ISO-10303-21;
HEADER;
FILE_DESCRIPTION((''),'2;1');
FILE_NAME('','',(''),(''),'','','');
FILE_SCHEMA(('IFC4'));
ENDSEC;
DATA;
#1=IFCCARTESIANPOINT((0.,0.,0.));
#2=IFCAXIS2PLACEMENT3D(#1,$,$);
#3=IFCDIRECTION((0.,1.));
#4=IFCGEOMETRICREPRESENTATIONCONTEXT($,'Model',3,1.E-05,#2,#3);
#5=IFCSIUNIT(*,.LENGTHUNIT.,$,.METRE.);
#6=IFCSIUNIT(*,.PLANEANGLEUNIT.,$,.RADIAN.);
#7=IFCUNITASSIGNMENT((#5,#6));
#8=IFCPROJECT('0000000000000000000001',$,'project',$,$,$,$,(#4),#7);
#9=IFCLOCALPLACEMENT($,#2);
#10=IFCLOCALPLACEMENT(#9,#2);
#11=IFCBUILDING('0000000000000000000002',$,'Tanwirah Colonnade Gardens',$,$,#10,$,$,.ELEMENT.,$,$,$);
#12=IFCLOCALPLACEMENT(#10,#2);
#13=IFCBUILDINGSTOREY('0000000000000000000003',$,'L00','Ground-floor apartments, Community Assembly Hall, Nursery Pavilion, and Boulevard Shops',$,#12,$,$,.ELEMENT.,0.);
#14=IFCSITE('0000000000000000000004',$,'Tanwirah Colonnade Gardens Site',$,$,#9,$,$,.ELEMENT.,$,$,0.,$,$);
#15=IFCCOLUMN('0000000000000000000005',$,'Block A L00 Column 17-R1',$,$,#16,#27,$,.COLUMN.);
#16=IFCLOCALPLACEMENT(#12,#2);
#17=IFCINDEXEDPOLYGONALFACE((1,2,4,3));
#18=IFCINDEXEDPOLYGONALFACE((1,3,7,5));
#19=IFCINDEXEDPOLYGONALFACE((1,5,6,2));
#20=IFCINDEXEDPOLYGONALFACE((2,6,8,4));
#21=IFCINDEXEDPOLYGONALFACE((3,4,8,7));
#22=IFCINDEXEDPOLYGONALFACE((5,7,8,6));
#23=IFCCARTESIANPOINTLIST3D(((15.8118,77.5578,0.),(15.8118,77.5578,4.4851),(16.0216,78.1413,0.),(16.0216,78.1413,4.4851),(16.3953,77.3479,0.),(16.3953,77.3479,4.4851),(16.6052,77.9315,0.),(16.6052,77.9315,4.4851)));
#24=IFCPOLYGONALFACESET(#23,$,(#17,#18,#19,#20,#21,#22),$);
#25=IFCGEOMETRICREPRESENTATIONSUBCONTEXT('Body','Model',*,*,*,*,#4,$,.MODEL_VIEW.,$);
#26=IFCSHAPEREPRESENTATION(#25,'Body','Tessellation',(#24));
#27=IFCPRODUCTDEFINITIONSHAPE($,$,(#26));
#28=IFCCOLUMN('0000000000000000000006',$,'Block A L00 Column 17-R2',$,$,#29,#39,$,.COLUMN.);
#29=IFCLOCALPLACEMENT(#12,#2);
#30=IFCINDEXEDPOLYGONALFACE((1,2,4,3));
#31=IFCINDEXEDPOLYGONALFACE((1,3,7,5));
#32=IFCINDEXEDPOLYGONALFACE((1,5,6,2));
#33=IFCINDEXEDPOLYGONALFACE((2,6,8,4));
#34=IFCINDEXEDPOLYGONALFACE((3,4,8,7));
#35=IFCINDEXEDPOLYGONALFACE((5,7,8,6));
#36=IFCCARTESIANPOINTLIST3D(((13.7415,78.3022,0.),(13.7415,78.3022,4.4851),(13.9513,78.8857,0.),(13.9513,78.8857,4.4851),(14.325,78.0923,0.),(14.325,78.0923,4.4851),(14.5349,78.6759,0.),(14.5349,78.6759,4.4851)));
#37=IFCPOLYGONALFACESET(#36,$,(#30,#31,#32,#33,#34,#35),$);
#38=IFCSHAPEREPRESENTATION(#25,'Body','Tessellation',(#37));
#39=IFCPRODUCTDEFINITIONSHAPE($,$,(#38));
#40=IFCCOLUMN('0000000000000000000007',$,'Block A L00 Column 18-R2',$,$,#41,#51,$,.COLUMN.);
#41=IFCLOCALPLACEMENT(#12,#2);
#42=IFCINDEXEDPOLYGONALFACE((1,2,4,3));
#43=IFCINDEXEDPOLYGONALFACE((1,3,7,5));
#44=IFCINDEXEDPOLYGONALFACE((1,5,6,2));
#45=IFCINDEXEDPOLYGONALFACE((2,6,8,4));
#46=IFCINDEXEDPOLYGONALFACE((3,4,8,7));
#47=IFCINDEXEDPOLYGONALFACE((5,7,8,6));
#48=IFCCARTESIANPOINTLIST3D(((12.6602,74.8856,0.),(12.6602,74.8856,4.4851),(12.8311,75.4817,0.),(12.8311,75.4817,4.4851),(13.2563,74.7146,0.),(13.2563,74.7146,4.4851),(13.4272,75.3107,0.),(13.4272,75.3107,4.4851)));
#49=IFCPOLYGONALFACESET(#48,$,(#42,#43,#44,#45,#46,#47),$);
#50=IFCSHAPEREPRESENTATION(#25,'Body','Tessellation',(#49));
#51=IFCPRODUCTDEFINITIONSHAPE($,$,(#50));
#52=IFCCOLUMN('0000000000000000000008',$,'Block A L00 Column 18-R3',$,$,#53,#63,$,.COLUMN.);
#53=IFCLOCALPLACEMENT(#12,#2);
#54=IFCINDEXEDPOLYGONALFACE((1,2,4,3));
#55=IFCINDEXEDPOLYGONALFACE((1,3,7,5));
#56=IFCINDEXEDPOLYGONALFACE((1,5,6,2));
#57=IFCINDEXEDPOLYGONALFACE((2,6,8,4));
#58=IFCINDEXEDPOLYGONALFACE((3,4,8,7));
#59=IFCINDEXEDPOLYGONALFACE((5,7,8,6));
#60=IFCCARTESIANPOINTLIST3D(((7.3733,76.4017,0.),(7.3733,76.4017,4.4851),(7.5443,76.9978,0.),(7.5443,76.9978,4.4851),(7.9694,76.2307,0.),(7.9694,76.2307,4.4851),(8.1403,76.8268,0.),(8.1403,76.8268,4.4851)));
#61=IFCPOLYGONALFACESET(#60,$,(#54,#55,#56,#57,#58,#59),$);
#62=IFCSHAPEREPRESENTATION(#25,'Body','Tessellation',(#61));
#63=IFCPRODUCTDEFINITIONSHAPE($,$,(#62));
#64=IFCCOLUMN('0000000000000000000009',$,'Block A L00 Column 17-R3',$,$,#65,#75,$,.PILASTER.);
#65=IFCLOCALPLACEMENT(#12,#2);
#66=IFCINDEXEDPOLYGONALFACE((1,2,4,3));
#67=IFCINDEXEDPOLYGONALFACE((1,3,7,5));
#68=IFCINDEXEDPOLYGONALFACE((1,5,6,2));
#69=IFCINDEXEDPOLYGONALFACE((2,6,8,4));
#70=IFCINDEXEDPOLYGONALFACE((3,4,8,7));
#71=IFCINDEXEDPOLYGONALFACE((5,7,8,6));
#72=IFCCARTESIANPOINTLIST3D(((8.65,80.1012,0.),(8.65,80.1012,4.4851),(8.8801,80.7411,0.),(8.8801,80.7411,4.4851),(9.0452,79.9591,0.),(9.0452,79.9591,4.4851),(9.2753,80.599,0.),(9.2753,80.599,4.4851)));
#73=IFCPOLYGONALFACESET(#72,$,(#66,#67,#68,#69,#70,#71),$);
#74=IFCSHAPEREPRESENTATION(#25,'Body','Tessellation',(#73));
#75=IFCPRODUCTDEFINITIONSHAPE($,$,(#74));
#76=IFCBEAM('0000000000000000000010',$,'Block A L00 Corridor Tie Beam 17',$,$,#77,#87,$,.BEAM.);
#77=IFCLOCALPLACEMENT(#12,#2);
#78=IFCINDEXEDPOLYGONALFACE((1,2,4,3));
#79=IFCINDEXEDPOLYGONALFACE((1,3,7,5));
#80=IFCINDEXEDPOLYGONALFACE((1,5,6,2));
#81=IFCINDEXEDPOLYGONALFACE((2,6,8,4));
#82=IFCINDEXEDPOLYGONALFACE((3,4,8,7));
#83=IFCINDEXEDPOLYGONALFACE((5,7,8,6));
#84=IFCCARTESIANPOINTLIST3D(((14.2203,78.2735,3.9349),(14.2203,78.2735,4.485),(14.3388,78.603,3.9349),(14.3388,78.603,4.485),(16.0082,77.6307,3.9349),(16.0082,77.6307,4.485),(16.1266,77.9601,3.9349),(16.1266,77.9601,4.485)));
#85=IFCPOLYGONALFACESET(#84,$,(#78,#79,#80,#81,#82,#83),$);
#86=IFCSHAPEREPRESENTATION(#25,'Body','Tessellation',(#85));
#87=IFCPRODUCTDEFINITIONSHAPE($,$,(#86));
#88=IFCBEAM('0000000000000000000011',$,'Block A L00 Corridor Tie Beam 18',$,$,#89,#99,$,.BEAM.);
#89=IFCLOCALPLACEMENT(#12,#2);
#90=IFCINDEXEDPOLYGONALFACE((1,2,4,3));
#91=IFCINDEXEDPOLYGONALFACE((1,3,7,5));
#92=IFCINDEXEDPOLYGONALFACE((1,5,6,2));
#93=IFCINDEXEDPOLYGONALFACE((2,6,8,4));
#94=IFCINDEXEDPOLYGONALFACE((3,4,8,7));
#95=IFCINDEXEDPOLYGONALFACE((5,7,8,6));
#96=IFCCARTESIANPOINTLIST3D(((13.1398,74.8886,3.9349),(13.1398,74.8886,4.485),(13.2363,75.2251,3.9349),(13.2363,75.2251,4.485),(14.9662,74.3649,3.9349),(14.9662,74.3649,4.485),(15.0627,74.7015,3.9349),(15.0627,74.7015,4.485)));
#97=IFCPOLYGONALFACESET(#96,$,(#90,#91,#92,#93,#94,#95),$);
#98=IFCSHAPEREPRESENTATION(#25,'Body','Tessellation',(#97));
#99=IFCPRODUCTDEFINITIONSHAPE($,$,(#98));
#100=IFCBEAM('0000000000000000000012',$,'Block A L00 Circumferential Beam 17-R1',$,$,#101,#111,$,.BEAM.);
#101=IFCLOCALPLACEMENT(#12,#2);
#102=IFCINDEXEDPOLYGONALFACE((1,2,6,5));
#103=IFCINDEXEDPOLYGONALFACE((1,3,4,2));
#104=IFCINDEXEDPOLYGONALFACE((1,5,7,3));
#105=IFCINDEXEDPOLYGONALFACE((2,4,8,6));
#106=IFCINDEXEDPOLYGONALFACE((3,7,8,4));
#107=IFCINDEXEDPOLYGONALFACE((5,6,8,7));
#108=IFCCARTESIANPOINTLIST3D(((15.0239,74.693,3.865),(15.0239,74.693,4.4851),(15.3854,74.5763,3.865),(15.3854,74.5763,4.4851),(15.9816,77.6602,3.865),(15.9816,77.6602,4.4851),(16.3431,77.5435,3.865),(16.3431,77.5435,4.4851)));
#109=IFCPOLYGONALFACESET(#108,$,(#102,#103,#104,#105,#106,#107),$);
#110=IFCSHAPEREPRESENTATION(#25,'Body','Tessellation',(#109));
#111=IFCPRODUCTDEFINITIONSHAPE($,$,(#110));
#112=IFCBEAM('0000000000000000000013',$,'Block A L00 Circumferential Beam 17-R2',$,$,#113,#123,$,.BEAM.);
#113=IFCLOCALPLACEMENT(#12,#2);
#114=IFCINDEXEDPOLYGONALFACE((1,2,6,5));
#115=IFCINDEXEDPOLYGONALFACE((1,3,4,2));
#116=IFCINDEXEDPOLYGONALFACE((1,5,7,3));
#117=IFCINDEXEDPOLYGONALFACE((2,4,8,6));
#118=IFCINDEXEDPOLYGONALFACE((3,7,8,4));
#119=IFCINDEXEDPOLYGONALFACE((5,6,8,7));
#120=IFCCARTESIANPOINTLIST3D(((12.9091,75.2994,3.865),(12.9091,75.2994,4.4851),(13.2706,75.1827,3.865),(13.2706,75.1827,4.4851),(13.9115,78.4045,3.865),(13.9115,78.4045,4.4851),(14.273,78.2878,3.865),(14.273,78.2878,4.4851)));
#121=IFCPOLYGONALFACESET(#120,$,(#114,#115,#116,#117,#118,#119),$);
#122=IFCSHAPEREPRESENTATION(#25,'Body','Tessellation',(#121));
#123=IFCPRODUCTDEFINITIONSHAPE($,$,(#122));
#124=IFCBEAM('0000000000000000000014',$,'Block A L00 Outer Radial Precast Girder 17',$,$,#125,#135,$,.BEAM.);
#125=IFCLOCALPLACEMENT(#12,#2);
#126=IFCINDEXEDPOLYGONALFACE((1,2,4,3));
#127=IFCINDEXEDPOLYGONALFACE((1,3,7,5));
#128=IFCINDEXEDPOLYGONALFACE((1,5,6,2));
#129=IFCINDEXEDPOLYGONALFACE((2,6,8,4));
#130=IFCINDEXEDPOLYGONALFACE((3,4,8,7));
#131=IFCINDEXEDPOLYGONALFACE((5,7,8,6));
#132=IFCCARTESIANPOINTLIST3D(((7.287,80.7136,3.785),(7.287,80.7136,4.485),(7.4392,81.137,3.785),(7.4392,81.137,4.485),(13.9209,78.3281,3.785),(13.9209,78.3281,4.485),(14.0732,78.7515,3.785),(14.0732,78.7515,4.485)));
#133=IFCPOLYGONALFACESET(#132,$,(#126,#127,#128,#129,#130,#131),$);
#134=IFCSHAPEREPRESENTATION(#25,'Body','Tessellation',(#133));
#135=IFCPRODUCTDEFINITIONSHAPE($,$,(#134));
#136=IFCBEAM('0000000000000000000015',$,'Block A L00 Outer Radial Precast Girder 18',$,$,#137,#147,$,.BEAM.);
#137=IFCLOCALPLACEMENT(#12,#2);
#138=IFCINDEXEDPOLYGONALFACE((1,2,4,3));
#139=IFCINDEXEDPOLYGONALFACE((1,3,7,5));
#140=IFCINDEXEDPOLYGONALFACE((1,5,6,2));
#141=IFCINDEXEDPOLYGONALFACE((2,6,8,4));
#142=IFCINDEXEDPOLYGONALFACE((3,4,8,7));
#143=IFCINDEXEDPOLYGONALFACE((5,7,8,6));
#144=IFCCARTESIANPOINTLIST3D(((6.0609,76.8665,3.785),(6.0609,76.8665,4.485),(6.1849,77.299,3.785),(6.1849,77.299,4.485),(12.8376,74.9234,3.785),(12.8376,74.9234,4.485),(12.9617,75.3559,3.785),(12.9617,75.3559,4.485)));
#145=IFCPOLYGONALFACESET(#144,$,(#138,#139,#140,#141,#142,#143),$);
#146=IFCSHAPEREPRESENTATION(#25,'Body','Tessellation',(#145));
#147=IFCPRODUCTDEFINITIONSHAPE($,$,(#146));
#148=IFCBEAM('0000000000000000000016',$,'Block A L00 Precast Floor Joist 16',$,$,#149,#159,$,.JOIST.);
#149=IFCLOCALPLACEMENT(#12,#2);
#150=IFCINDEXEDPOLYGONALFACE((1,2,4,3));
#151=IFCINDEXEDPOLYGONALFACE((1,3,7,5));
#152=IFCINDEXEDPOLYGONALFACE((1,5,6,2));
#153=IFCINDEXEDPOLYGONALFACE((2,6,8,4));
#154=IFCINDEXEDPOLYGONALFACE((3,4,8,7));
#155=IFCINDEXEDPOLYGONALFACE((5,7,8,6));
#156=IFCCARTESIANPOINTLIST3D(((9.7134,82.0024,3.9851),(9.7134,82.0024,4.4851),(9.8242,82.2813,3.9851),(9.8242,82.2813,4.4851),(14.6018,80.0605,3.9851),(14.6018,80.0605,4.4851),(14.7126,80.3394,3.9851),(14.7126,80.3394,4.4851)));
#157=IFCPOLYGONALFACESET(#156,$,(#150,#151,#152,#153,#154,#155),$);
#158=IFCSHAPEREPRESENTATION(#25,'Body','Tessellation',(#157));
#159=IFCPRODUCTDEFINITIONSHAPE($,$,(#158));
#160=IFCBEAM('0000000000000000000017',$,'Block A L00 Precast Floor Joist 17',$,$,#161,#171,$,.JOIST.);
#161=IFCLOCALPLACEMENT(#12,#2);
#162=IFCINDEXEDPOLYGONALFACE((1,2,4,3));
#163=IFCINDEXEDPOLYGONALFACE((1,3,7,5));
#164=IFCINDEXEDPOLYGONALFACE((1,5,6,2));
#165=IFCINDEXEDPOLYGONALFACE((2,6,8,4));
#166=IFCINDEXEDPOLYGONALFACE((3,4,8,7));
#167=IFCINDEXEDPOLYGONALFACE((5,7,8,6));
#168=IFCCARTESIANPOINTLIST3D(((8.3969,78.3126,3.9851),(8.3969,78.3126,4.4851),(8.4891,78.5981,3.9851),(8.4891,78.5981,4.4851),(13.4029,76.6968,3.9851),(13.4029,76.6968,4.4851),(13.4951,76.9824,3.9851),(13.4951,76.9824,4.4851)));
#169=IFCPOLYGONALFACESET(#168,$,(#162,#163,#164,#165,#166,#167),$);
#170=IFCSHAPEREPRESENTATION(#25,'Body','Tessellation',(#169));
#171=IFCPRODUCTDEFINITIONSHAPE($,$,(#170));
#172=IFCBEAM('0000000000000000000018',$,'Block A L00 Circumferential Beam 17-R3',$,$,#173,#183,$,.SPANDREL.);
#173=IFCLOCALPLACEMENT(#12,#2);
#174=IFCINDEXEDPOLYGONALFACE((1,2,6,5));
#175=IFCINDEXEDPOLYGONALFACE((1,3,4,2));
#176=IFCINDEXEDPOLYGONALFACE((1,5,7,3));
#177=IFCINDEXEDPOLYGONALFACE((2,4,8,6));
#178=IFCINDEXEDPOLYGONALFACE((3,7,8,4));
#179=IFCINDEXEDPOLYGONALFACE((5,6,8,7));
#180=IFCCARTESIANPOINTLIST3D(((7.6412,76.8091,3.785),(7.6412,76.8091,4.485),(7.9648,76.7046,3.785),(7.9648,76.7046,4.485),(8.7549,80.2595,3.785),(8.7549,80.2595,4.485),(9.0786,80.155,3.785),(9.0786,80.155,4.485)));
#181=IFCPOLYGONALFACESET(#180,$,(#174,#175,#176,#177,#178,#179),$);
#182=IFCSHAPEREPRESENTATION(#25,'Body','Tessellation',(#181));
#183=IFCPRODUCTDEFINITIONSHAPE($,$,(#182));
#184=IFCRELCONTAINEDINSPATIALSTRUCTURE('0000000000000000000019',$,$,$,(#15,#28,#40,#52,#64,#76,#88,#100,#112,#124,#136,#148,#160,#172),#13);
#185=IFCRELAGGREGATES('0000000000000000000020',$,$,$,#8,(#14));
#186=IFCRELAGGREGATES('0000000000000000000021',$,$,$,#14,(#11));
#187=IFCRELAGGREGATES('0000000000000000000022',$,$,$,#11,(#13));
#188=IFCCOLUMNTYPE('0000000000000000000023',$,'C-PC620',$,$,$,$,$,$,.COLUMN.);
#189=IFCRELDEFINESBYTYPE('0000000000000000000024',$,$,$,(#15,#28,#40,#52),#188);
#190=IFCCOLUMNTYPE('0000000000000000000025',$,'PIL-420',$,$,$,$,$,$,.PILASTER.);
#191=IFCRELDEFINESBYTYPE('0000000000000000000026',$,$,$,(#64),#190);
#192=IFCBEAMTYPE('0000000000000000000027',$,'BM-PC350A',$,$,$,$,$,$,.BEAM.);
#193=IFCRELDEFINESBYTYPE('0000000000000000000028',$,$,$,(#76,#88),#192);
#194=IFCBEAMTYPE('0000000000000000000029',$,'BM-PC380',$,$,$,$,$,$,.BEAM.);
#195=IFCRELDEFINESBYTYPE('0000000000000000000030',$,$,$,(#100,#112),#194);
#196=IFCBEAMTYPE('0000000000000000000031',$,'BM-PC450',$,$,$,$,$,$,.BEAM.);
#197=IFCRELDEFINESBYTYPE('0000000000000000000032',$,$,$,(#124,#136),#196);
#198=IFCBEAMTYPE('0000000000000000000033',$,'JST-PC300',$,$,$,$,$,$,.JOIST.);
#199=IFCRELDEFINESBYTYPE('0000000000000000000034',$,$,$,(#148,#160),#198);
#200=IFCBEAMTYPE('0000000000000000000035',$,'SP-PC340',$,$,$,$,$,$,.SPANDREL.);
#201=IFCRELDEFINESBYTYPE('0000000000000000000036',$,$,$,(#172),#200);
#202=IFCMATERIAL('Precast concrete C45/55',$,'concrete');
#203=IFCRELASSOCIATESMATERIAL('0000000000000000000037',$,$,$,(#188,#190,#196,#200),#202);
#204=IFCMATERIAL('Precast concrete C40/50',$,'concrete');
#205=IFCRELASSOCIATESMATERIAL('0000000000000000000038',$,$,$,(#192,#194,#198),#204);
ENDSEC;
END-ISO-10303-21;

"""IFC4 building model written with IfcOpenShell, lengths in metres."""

from ifc_helpers import new_model, si_unit, direction, frame, origin, origin_2d, place, context, subcontext, project, spatial, rectangle, extrude, material, material_profile, profile_set, type_object, element, save


model = new_model("IFC4")

# Units and contexts
model_context = context("Model", 3, precision=1e-05, world=origin(), true_north=direction((0.0, 1.0)))
body_context = subcontext(model_context, "Body", "Model", "MODEL_VIEW")
ifc_project = project(units=[si_unit("LENGTHUNIT", "METRE"), si_unit("PLANEANGLEUNIT", "RADIAN")], contexts=[model_context])

# Site, building, storey
site_placement = place(None, origin())
site = spatial("IfcSite", under=ifc_project, at=site_placement, Name="Tanwirah Colonnade Gardens Site", CompositionType="ELEMENT", RefElevation=0.0)
building_placement = place(site_placement, origin())
building = spatial("IfcBuilding", under=site, at=building_placement, Name="Tanwirah Colonnade Gardens", CompositionType="ELEMENT")
storey_placement = place(building_placement, origin())
storey = spatial("IfcBuildingStorey", under=building, at=storey_placement, Name="L00", Description="Ground-floor apartments, Community Assembly Hall, Nursery Pavilion, and Boulevard Shops", CompositionType="ELEMENT", Elevation=0.0)

# Columns
ifc_material_1 = material(Name="Precast concrete C45/55", Category="concrete")
ifc_material_profile_1 = material_profile(ifc_material_1, rectangle(XDim=0.6201, YDim=0.6201, at=origin_2d()), Name="PC-COL 620x620")
ifc_profile_set_1 = profile_set([ifc_material_profile_1], Name="Precast concrete C45/55")
column_type_1 = type_object("IfcColumnType", Name="C-PC620", PredefinedType="COLUMN", material=ifc_profile_set_1)
for number, where, z_axis, x_axis, name in (
    (1, (16.2085, 77.7446, 0.0), (0.0, 0.0, 1.0), (-0.941012, 0.338373, 0.0), "Block A L00 Column 17-R1"),
    (2, (14.1382, 78.489, 0.0), (0.0, 0.0, 1.0), (-0.941012, 0.338373, 0.0), "Block A L00 Column 17-R2"),
    (3, (13.0437, 75.0981, 0.0), (0.0, 0.0, 1.0), (-0.961262, 0.275637, 0.0), "Block A L00 Column 18-R2"),
    (4, (7.7568, 76.6143, 0.0), (0.0, 0.0, 1.0), (-0.961262, 0.275637, 0.0), "Block A L00 Column 18-R3"),
):
    element("IfcColumn", number, at=place(storey_placement, frame(where, z_axis=z_axis, x_axis=x_axis)), inside=storey, type_object=column_type_1, Name=name, PredefinedType="COLUMN", context=body_context, shape_type="SweptSolid", body=[
        extrude(rectangle(XDim=0.6201, YDim=0.6201, at=origin_2d()), origin(), (0.0, 0.0, 1.0), 4.4851),
    ])
ifc_material_profile_2 = material_profile(ifc_material_1, rectangle(XDim=0.4199, YDim=0.6799, at=origin_2d()), Name="PC-PIL 420x680")
ifc_profile_set_2 = profile_set([ifc_material_profile_2], Name="Precast concrete C45/55")
column_type_2 = type_object("IfcColumnType", Name="PIL-420", PredefinedType="PILASTER", material=ifc_profile_set_2)
column_placement = place(storey_placement, frame((8.9626, 80.3501, 0.0), z_axis=(0.0, 0.0, 1.0), x_axis=(-0.941012, 0.338373, 0.0)))
element("IfcColumn", 5, at=column_placement, inside=storey, type_object=column_type_2, Name="Block A L00 Column 17-R3", PredefinedType="PILASTER", context=body_context, shape_type="SweptSolid", body=[
    extrude(rectangle(XDim=0.4199, YDim=0.6799, at=origin_2d()), origin(), (0.0, 0.0, 1.0), 4.4851),
])

# Beams
ifc_material_2 = material(Name="Precast concrete C40/50", Category="concrete")
ifc_material_profile_3 = material_profile(ifc_material_2, rectangle(XDim=0.3501, YDim=0.55, at=origin_2d()), Name="PC-BM 350x550")
ifc_profile_set_3 = profile_set([ifc_material_profile_3], Name="Precast concrete C40/50")
beam_type_1 = type_object("IfcBeamType", Name="BM-PC350A", PredefinedType="BEAM", material=ifc_profile_set_3)
for number, where, z_axis, x_axis, name in (
    (6, (16.0674, 77.7954, 4.21), (-0.941022, 0.338346, 0.0), (-0.338346, -0.941022, 0.0), "Block A L00 Corridor Tie Beam 17"),
    (7, (15.0144, 74.5332, 4.21), (-0.961267, 0.27562, 0.0), (-0.27562, -0.961267, 0.0), "Block A L00 Corridor Tie Beam 18"),
):
    element("IfcBeam", number, at=place(storey_placement, frame(where, z_axis=z_axis, x_axis=x_axis)), inside=storey, type_object=beam_type_1, Name=name, PredefinedType="BEAM", context=body_context, shape_type="SweptSolid", body=[
        extrude(rectangle(XDim=0.3501, YDim=0.55, at=origin_2d()), origin(), (0.0, 0.0, 1.0), 1.8999),
    ])
ifc_material_profile_4 = material_profile(ifc_material_2, rectangle(XDim=0.3799, YDim=0.6201, at=origin_2d()), Name="PC-BM 380x620")
ifc_profile_set_4 = profile_set([ifc_material_profile_4], Name="Precast concrete C40/50")
beam_type_2 = type_object("IfcBeamType", Name="BM-PC380", PredefinedType="BEAM", material=ifc_profile_set_4)
beam_1_placement = place(storey_placement, frame((16.1624, 77.6018, 4.175), z_axis=(-0.30717, -0.951655, 0.0), x_axis=(0.951655, -0.30717, 0.0)))
element("IfcBeam", 8, at=beam_1_placement, inside=storey, type_object=beam_type_2, Name="Block A L00 Circumferential Beam 17-R1", PredefinedType="BEAM", context=body_context, shape_type="SweptSolid", body=[
    extrude(rectangle(XDim=0.3799, YDim=0.6201, at=origin_2d()), origin(), (0.0, 0.0, 1.0), 3.1179),
])
beam_2_placement = place(storey_placement, frame((14.0923, 78.3462, 4.175), z_axis=(-0.307213, -0.951641, 0.0), x_axis=(0.951641, -0.307213, 0.0)))
element("IfcBeam", 9, at=beam_2_placement, inside=storey, type_object=beam_type_2, Name="Block A L00 Circumferential Beam 17-R2", PredefinedType="BEAM", context=body_context, shape_type="SweptSolid", body=[
    extrude(rectangle(XDim=0.3799, YDim=0.6201, at=origin_2d()), origin(), (0.0, 0.0, 1.0), 3.2629),
])
ifc_material_profile_5 = material_profile(ifc_material_1, rectangle(XDim=0.45, YDim=0.7, at=origin_2d()), Name="PC-BM 450x700")
ifc_profile_set_5 = profile_set([ifc_material_profile_5], Name="Precast concrete C45/55")
beam_type_3 = type_object("IfcBeamType", Name="BM-PC450", PredefinedType="BEAM", material=ifc_profile_set_5)
for number, where, z_axis, x_axis, name in (
    (10, (13.9971, 78.5398, 4.135), (-0.941012, 0.338374, 0.0), (-0.338374, -0.941012, 0.0), "Block A L00 Outer Radial Precast Girder 17"),
    (11, (12.8997, 75.1396, 4.135), (-0.961266, 0.275622, 0.0), (-0.275622, -0.961266, 0.0), "Block A L00 Outer Radial Precast Girder 18"),
):
    element("IfcBeam", number, at=place(storey_placement, frame(where, z_axis=z_axis, x_axis=x_axis)), inside=storey, type_object=beam_type_3, Name=name, PredefinedType="BEAM", context=body_context, shape_type="SweptSolid", body=[
        extrude(rectangle(XDim=0.45, YDim=0.7, at=origin_2d()), origin(), (0.0, 0.0, 1.0), 7.0498),
    ])
ifc_material_profile_6 = material_profile(ifc_material_2, rectangle(XDim=0.3, YDim=0.5, at=origin_2d()), Name="PC-JST 300x500")
ifc_profile_set_6 = profile_set([ifc_material_profile_6], Name="Precast concrete C40/50")
beam_type_4 = type_object("IfcBeamType", Name="JST-PC300", PredefinedType="JOIST", material=ifc_profile_set_6)
beam_3_placement = place(storey_placement, frame((14.6572, 80.2, 4.2351), z_axis=(-0.929358, 0.369181, 0.0), x_axis=(-0.369181, -0.929358, 0.0)))
element("IfcBeam", 12, at=beam_3_placement, inside=storey, type_object=beam_type_4, Name="Block A L00 Precast Floor Joist 16", PredefinedType="JOIST", context=body_context, shape_type="SweptSolid", body=[
    extrude(rectangle(XDim=0.3, YDim=0.5, at=origin_2d()), origin(), (0.0, 0.0, 1.0), 5.26),
])
beam_4_placement = place(storey_placement, frame((13.449, 76.8396, 4.2351), z_axis=(-0.951657, 0.307163, 0.0), x_axis=(-0.307163, -0.951657, 0.0)))
element("IfcBeam", 13, at=beam_4_placement, inside=storey, type_object=beam_type_4, Name="Block A L00 Precast Floor Joist 17", PredefinedType="JOIST", context=body_context, shape_type="SweptSolid", body=[
    extrude(rectangle(XDim=0.3, YDim=0.5, at=origin_2d()), origin(), (0.0, 0.0, 1.0), 5.2603),
])
ifc_material_profile_7 = material_profile(ifc_material_1, rectangle(XDim=0.3401, YDim=0.7, at=origin_2d()), Name="PC-SP 340x700")
ifc_profile_set_7 = profile_set([ifc_material_profile_7], Name="Precast concrete C45/55")
beam_type_5 = type_object("IfcBeamType", Name="SP-PC340", PredefinedType="SPANDREL", material=ifc_profile_set_7)
beam_5_placement = place(storey_placement, frame((8.9167, 80.2073, 4.135), z_axis=(-0.307184, -0.95165, 0.0), x_axis=(0.95165, -0.307184, 0.0)))
element("IfcBeam", 14, at=beam_5_placement, inside=storey, type_object=beam_type_5, Name="Block A L00 Circumferential Beam 17-R3", PredefinedType="SPANDREL", context=body_context, shape_type="SweptSolid", body=[
    extrude(rectangle(XDim=0.3401, YDim=0.7, at=origin_2d()), origin(), (0.0, 0.0, 1.0), 3.6257),
])

save(model, "model.ifc")
